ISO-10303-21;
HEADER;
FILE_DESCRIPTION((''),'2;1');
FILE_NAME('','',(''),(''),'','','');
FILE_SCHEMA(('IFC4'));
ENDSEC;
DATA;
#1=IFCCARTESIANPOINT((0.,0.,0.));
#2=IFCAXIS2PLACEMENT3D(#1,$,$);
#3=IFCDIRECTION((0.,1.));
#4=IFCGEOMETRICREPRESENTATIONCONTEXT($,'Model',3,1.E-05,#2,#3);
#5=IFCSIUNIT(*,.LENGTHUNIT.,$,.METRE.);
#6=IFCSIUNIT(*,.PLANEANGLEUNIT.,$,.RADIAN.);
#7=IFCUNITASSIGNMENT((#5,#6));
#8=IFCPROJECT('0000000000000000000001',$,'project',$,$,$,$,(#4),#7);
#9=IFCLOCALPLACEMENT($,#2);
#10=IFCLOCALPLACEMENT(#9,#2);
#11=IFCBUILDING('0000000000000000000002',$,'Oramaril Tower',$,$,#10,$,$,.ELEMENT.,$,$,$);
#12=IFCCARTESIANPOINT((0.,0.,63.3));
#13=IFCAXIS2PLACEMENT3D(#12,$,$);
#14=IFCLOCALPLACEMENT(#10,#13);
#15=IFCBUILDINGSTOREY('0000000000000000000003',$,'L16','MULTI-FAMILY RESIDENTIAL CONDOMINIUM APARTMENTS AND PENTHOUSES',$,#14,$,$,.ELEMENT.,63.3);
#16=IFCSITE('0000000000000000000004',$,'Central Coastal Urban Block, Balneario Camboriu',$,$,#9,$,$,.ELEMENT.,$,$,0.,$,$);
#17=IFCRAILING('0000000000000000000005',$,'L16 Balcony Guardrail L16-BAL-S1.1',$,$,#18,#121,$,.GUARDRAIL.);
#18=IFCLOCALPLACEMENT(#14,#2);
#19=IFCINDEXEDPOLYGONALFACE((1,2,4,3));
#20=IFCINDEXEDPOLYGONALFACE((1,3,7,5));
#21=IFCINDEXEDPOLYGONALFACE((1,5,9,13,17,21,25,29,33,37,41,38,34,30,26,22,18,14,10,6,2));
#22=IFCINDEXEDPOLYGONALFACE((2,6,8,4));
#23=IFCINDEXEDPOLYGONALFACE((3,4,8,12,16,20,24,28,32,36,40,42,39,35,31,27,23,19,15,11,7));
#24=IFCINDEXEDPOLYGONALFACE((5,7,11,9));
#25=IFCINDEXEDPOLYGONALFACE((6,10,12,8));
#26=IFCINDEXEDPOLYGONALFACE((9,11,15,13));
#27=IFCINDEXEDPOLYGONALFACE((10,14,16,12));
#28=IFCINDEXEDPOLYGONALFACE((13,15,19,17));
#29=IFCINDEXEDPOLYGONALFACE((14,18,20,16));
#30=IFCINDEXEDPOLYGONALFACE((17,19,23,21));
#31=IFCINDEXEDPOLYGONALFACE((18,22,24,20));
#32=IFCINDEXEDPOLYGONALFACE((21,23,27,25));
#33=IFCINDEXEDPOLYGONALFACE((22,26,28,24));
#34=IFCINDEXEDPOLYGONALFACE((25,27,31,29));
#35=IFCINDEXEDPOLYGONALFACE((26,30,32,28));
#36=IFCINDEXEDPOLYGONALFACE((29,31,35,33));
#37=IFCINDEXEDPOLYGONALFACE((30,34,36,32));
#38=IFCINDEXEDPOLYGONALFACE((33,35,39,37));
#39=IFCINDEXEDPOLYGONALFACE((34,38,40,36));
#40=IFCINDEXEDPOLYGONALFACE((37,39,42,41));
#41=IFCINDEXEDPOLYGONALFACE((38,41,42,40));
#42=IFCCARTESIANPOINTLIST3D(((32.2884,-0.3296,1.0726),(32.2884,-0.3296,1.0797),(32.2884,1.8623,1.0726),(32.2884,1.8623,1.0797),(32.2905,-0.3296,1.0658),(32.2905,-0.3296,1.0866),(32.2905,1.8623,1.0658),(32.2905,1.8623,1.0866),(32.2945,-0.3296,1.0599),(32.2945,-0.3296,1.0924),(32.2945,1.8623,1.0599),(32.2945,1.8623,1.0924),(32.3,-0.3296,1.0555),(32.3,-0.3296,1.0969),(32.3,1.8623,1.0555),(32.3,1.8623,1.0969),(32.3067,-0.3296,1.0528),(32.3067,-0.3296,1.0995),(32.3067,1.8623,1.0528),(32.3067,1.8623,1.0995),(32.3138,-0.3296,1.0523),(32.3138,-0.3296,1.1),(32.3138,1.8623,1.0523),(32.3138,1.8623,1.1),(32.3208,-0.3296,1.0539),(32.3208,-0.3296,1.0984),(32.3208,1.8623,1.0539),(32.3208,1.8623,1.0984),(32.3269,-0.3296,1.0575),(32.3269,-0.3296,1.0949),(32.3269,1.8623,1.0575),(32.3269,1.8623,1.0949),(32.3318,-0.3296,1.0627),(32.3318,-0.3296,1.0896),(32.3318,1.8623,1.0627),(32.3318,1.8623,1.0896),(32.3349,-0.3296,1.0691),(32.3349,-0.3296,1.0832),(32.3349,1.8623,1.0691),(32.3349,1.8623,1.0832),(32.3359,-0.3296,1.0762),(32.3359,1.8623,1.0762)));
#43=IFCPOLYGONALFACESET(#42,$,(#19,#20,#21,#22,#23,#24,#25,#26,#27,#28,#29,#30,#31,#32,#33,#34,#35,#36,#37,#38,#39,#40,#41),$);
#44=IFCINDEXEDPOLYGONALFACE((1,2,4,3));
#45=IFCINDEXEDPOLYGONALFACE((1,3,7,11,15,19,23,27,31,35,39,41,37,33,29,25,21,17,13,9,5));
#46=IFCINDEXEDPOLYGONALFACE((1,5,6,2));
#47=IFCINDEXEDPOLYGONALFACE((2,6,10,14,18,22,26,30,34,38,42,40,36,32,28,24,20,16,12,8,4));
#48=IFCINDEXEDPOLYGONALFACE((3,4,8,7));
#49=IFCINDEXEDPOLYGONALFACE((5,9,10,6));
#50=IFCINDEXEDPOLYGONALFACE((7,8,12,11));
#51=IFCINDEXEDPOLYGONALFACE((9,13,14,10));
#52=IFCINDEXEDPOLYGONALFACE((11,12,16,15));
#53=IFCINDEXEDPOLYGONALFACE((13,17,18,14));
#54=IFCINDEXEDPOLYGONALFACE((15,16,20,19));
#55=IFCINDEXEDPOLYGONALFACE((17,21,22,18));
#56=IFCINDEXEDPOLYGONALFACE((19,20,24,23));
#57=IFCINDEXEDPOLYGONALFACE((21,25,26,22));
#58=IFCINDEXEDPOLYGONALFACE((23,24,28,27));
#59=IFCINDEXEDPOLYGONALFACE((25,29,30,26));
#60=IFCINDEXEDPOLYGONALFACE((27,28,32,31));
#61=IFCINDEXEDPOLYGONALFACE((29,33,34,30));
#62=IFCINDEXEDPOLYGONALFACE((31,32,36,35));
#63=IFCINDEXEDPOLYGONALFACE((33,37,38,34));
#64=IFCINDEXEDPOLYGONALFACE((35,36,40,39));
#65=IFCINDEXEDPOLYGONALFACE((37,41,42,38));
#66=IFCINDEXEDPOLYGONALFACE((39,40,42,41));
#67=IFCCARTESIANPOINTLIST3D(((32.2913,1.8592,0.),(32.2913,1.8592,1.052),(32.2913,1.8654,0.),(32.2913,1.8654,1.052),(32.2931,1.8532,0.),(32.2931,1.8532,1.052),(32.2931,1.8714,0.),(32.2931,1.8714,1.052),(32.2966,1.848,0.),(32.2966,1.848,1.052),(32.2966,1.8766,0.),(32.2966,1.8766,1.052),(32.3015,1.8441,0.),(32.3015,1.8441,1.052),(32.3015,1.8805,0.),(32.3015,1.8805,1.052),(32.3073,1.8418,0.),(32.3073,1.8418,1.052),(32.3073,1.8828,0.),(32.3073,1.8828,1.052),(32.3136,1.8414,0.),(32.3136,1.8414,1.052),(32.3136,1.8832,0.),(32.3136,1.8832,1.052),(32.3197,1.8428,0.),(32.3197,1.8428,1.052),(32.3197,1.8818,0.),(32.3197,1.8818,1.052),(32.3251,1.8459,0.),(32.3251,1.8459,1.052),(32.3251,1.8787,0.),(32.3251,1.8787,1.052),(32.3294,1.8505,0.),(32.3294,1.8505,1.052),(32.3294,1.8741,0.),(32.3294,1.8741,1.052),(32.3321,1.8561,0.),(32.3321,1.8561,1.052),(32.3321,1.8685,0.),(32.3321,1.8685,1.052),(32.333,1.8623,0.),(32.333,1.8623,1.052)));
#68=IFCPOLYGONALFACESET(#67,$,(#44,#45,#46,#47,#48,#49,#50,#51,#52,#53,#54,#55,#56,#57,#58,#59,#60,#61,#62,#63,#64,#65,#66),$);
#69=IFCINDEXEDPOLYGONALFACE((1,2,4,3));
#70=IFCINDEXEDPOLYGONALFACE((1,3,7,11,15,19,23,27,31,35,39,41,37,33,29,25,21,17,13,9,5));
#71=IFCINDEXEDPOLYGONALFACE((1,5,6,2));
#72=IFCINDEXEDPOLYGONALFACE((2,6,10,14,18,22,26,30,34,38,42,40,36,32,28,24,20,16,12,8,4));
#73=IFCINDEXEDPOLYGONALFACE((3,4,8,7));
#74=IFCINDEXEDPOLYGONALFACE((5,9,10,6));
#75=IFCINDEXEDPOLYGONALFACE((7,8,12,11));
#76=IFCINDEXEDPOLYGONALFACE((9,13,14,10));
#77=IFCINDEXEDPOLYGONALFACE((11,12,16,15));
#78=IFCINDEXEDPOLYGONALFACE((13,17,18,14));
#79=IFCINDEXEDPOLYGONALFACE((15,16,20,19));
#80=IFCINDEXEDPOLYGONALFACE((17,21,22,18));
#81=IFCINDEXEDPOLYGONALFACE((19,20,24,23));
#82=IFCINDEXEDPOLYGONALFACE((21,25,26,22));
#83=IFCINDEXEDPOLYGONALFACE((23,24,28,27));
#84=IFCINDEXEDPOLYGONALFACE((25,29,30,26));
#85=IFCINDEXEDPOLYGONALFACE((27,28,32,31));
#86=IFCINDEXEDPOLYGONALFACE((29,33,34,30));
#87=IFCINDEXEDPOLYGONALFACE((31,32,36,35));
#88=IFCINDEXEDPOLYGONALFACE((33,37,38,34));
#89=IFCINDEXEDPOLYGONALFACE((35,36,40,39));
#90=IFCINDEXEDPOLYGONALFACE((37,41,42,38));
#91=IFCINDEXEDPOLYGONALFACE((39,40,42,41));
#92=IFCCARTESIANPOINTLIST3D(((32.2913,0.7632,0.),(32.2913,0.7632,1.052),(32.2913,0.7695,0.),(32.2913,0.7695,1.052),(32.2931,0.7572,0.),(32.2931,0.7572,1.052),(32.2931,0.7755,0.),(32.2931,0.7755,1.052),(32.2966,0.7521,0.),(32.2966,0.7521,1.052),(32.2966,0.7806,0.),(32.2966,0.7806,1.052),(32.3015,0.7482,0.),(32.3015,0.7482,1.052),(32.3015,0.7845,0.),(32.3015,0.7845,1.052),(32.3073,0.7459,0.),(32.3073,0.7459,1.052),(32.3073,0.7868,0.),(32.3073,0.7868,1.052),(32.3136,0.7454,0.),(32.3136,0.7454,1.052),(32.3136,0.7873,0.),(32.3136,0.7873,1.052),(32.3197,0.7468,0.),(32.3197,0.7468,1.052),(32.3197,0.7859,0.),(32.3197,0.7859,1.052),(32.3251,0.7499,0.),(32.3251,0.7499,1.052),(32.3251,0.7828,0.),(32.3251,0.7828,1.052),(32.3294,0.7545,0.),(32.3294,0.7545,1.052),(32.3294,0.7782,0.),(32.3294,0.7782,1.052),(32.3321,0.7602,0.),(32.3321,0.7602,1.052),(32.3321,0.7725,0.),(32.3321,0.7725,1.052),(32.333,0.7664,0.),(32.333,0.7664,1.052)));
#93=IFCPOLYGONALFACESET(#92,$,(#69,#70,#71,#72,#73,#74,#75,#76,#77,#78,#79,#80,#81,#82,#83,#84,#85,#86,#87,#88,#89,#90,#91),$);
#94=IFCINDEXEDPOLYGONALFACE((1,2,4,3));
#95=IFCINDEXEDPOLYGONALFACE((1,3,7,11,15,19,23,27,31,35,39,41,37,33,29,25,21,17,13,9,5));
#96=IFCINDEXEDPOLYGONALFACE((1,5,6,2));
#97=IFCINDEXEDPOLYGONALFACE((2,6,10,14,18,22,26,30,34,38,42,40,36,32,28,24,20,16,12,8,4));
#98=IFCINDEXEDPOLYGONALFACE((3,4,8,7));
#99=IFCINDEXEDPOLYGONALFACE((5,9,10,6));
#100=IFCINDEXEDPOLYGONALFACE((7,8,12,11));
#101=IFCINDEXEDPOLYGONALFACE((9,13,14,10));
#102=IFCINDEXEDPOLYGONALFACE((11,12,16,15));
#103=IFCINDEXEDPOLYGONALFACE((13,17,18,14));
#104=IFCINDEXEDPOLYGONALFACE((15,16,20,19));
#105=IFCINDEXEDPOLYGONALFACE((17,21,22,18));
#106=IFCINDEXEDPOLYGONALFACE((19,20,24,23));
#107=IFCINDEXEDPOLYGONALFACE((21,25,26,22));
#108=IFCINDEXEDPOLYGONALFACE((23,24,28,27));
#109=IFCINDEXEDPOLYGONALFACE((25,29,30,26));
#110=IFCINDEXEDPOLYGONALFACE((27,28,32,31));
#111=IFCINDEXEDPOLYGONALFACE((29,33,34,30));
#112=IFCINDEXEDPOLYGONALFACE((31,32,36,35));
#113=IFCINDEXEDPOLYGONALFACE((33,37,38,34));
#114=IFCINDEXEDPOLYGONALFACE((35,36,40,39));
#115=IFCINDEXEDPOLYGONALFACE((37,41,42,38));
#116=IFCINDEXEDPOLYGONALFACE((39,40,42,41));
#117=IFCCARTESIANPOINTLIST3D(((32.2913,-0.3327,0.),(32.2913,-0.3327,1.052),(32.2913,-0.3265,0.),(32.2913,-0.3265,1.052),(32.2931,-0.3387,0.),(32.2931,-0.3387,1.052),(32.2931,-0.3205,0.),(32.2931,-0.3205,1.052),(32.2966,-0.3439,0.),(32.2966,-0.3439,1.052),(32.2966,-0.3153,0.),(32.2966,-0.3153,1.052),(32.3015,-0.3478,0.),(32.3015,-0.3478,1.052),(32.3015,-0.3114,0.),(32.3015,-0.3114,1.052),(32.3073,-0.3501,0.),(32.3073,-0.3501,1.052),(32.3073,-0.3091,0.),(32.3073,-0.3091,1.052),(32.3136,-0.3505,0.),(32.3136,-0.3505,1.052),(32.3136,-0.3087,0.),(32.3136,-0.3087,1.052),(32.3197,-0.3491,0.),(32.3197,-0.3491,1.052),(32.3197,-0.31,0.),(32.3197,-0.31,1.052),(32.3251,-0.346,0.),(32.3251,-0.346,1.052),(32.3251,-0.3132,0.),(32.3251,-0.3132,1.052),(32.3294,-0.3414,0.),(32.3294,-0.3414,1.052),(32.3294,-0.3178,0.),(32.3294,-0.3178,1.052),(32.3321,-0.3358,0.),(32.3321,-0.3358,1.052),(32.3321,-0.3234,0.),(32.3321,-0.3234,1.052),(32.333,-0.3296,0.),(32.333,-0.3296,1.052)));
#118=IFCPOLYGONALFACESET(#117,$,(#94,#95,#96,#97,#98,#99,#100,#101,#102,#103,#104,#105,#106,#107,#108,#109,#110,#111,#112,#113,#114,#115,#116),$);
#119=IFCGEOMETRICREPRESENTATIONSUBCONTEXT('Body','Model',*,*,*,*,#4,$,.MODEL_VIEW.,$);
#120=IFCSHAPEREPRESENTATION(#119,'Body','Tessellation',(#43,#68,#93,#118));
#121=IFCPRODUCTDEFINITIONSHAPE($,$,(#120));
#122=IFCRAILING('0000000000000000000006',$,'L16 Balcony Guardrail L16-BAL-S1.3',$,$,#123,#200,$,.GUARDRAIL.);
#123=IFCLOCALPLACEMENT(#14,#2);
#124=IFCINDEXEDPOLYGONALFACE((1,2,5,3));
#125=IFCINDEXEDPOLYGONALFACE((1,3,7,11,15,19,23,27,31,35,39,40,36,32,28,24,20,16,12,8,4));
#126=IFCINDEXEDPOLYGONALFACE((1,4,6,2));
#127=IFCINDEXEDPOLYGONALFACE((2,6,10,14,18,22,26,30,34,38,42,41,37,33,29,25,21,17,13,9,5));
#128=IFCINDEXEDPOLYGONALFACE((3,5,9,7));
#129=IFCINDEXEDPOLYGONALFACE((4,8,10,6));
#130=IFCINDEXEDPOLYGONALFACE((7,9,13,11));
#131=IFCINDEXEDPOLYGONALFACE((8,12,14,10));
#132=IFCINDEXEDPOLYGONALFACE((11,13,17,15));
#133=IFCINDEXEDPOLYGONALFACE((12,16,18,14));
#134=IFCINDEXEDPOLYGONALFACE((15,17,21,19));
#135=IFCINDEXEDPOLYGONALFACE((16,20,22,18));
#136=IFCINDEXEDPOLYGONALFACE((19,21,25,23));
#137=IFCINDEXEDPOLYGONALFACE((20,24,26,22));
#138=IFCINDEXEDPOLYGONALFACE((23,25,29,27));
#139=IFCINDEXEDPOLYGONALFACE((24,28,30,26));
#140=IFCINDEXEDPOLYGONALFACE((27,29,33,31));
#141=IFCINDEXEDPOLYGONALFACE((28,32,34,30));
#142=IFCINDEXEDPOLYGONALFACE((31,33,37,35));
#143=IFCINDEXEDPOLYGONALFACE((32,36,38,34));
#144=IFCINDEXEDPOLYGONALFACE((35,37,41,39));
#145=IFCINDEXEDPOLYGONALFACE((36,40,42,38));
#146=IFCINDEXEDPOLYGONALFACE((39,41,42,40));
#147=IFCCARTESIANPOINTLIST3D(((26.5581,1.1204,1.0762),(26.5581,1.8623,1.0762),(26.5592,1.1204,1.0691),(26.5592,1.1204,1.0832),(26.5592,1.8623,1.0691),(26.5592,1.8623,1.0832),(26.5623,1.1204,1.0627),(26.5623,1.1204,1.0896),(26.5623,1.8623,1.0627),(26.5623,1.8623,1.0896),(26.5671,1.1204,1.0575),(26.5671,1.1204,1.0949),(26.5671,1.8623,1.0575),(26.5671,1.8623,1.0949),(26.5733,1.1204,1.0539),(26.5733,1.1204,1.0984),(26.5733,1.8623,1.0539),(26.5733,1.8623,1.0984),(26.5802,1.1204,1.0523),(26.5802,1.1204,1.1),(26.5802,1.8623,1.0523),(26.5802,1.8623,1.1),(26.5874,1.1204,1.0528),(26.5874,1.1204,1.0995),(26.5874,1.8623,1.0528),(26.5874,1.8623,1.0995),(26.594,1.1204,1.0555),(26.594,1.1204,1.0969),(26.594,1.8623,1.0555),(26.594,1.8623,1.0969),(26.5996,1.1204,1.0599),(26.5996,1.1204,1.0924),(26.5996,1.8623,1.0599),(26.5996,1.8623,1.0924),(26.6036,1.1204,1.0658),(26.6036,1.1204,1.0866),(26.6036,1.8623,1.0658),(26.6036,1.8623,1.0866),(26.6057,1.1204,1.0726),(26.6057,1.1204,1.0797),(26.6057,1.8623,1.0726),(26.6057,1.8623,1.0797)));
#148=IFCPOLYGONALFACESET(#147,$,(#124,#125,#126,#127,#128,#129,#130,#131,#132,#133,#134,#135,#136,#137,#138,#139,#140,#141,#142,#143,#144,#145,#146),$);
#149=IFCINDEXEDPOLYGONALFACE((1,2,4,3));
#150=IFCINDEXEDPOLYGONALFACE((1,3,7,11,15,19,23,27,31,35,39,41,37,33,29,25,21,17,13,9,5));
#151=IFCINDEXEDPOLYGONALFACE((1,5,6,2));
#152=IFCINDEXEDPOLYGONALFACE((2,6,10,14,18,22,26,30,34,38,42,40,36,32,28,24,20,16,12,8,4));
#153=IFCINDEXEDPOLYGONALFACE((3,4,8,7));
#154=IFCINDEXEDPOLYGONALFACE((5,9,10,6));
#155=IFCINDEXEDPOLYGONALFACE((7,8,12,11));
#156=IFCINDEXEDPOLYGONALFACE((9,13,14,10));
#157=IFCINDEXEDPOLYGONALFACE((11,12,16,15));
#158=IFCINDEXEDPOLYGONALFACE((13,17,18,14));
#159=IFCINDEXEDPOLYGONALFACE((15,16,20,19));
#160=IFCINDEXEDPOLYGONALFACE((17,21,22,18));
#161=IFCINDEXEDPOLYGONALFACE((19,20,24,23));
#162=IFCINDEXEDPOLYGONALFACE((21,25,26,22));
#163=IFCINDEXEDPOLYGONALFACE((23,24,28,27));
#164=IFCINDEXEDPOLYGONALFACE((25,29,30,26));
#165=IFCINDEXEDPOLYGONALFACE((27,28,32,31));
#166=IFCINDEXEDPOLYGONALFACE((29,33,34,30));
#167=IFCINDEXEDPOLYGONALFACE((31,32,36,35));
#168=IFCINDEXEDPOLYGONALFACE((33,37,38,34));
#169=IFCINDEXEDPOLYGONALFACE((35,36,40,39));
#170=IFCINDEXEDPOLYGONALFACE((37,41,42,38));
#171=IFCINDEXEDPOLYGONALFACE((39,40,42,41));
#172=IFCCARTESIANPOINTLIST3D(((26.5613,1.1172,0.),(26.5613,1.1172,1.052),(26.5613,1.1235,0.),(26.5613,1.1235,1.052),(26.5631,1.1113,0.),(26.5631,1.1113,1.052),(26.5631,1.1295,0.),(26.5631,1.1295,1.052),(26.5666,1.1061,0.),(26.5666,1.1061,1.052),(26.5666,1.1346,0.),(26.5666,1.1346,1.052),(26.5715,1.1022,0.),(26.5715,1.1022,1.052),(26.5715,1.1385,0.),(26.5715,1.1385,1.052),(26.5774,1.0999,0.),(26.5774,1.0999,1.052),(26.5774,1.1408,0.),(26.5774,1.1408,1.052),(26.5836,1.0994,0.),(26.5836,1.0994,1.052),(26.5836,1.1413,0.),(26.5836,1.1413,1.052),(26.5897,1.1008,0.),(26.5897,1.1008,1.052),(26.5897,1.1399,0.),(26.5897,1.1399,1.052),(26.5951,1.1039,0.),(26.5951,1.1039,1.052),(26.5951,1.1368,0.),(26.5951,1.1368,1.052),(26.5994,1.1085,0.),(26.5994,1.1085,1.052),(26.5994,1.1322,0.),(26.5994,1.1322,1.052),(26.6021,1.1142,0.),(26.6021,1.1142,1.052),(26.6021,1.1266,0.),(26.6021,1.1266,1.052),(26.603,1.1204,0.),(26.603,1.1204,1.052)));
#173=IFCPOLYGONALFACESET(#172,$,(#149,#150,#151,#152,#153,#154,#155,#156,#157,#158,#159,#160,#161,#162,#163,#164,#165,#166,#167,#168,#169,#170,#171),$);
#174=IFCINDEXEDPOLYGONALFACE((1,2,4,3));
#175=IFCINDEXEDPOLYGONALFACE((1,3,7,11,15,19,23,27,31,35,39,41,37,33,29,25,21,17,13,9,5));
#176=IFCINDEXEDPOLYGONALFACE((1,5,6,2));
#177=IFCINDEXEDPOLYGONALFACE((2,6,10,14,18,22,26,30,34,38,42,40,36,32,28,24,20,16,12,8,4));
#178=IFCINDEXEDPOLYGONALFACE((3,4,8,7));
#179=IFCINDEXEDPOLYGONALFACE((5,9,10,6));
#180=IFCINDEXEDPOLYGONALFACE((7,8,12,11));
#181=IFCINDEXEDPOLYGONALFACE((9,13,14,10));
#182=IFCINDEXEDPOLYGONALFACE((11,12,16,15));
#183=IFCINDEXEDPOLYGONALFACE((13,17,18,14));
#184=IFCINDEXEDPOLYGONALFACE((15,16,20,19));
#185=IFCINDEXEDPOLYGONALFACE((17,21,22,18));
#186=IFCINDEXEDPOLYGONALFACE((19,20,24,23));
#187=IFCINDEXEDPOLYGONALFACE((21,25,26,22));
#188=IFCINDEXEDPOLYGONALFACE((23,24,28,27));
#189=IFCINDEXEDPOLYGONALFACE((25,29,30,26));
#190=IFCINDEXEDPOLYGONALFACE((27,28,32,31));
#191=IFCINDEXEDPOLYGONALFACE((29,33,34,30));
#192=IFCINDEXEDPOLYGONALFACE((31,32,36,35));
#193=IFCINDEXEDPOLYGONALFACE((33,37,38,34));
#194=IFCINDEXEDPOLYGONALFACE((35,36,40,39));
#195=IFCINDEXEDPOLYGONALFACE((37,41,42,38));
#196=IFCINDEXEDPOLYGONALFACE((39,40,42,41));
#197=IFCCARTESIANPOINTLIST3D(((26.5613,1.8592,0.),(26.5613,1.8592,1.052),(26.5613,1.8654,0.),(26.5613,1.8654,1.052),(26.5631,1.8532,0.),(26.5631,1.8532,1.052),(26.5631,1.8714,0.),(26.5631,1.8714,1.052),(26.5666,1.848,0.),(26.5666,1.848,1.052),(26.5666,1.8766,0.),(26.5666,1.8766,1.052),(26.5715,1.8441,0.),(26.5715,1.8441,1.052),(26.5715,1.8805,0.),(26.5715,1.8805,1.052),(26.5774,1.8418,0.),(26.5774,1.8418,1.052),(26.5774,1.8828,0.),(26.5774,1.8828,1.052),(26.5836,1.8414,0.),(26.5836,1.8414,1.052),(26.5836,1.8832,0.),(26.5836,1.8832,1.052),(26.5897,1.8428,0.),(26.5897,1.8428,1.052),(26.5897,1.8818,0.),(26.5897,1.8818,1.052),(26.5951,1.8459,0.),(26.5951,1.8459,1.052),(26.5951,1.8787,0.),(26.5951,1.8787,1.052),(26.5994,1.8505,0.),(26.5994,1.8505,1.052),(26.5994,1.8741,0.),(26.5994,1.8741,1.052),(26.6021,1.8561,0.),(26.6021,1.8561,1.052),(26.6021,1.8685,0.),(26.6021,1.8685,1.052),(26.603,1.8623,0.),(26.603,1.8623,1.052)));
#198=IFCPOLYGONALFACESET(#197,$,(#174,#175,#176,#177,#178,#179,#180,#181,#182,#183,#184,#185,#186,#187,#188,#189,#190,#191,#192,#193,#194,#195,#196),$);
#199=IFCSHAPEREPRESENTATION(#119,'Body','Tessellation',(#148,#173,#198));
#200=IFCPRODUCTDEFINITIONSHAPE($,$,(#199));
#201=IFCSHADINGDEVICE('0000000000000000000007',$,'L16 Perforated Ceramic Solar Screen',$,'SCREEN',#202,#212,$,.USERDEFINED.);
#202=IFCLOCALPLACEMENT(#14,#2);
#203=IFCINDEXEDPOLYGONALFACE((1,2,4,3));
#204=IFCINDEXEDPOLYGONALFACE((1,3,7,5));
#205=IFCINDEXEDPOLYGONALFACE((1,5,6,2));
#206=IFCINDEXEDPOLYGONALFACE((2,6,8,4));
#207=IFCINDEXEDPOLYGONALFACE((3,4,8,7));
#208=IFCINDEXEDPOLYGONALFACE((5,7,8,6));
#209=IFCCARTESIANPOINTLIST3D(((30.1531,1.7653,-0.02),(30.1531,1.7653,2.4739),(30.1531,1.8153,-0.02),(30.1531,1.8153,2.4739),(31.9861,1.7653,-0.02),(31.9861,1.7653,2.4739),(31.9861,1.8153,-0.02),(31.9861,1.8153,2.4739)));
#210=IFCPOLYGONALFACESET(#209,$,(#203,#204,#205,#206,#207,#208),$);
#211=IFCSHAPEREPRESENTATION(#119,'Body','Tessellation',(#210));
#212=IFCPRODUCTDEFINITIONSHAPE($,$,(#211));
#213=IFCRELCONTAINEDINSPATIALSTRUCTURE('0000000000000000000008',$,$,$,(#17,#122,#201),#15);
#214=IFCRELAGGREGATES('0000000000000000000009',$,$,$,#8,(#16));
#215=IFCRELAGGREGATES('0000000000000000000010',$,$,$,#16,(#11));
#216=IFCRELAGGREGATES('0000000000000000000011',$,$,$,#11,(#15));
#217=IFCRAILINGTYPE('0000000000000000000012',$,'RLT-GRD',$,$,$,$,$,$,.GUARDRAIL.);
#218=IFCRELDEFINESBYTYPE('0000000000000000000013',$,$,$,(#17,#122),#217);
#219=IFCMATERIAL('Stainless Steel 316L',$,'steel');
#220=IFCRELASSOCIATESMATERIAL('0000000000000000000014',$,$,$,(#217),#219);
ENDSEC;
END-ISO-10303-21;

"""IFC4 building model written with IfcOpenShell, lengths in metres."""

from ifc_helpers import new_model, si_unit, direction, frame, origin, origin_2d, place, context, subcontext, project, spatial, rectangle, circle, extrude, material, type_object, element, save


model = new_model("IFC4")

# Units and contexts
model_context = context("Model", 3, precision=1e-05, world=origin(), true_north=direction((0.0, 1.0)))
body_context = subcontext(model_context, "Body", "Model", "MODEL_VIEW")
ifc_project = project(units=[si_unit("LENGTHUNIT", "METRE"), si_unit("PLANEANGLEUNIT", "RADIAN")], contexts=[model_context])

# Site, building, storey
site_placement = place(None, origin())
site = spatial("IfcSite", under=ifc_project, at=site_placement, Name="Central Coastal Urban Block, Balneario Camboriu", CompositionType="ELEMENT", RefElevation=0.0)
building_placement = place(site_placement, origin())
building = spatial("IfcBuilding", under=site, at=building_placement, Name="Oramaril Tower", CompositionType="ELEMENT")
storey_placement = place(building_placement, frame((0.0, 0.0, 63.3)))
storey = spatial("IfcBuildingStorey", under=building, at=storey_placement, Name="L16", Description="MULTI-FAMILY RESIDENTIAL CONDOMINIUM APARTMENTS AND PENTHOUSES", CompositionType="ELEMENT", Elevation=63.3)

# Railings
ifc_material_1 = material(Name="Stainless Steel 316L", Category="steel")
railing_type = type_object("IfcRailingType", Name="RLT-GRD", PredefinedType="GUARDRAIL", material=ifc_material_1)
railing_1_placement = place(storey_placement, frame((32.312, 1.8623, 0.0)))
element("IfcRailing", 1, at=railing_1_placement, inside=storey, type_object=railing_type, Name="L16 Balcony Guardrail L16-BAL-S1.1", PredefinedType="GUARDRAIL", context=body_context, shape_type="SweptSolid", body=[
    extrude(circle(Radius=0.0239, at=origin_2d()), frame((0.0, 0.0, 1.0762), z_axis=(0.0, -1.0, 0.0), x_axis=(1.0, 0.0, 0.0)), (0.0, 0.0, 1.0), 2.1919),
    extrude(circle(Radius=0.021, at=origin_2d()), origin(), (0.0, 0.0, 1.0), 1.052),
    extrude(circle(Radius=0.021, at=origin_2d()), frame((0.0, -1.0959, 0.0)), (0.0, 0.0, 1.0), 1.052),
    extrude(circle(Radius=0.021, at=origin_2d()), frame((0.0, -2.1919, 0.0)), (0.0, 0.0, 1.0), 1.052),
])
railing_2_placement = place(storey_placement, frame((26.582, 1.1204, 0.0)))
element("IfcRailing", 2, at=railing_2_placement, inside=storey, type_object=railing_type, Name="L16 Balcony Guardrail L16-BAL-S1.3", PredefinedType="GUARDRAIL", context=body_context, shape_type="SweptSolid", body=[
    extrude(circle(Radius=0.0239, at=origin_2d()), frame((0.0, 0.0, 1.0762), z_axis=(0.0, 1.0, 0.0), x_axis=(-1.0, 0.0, 0.0)), (0.0, 0.0, 1.0), 0.7419),
    extrude(circle(Radius=0.021, at=origin_2d()), origin(), (0.0, 0.0, 1.0), 1.052),
    extrude(circle(Radius=0.021, at=origin_2d()), frame((0.0, 0.7419, 0.0)), (0.0, 0.0, 1.0), 1.052),
])

# Shading device
shading_device_placement = place(storey_placement, frame((31.0696, 1.7903, -0.02), z_axis=(0.0, 0.0, 1.0), x_axis=(1.0, 0.0, 0.0)))
element("IfcShadingDevice", 3, at=shading_device_placement, inside=storey, Name="L16 Perforated Ceramic Solar Screen", ObjectType="SCREEN", PredefinedType="USERDEFINED", context=body_context, shape_type="SweptSolid", body=[
    extrude(rectangle(XDim=1.833, YDim=0.05, at=origin_2d()), origin(), (0.0, 0.0, 1.0), 2.4939),
])

save(model, "model.ifc")
